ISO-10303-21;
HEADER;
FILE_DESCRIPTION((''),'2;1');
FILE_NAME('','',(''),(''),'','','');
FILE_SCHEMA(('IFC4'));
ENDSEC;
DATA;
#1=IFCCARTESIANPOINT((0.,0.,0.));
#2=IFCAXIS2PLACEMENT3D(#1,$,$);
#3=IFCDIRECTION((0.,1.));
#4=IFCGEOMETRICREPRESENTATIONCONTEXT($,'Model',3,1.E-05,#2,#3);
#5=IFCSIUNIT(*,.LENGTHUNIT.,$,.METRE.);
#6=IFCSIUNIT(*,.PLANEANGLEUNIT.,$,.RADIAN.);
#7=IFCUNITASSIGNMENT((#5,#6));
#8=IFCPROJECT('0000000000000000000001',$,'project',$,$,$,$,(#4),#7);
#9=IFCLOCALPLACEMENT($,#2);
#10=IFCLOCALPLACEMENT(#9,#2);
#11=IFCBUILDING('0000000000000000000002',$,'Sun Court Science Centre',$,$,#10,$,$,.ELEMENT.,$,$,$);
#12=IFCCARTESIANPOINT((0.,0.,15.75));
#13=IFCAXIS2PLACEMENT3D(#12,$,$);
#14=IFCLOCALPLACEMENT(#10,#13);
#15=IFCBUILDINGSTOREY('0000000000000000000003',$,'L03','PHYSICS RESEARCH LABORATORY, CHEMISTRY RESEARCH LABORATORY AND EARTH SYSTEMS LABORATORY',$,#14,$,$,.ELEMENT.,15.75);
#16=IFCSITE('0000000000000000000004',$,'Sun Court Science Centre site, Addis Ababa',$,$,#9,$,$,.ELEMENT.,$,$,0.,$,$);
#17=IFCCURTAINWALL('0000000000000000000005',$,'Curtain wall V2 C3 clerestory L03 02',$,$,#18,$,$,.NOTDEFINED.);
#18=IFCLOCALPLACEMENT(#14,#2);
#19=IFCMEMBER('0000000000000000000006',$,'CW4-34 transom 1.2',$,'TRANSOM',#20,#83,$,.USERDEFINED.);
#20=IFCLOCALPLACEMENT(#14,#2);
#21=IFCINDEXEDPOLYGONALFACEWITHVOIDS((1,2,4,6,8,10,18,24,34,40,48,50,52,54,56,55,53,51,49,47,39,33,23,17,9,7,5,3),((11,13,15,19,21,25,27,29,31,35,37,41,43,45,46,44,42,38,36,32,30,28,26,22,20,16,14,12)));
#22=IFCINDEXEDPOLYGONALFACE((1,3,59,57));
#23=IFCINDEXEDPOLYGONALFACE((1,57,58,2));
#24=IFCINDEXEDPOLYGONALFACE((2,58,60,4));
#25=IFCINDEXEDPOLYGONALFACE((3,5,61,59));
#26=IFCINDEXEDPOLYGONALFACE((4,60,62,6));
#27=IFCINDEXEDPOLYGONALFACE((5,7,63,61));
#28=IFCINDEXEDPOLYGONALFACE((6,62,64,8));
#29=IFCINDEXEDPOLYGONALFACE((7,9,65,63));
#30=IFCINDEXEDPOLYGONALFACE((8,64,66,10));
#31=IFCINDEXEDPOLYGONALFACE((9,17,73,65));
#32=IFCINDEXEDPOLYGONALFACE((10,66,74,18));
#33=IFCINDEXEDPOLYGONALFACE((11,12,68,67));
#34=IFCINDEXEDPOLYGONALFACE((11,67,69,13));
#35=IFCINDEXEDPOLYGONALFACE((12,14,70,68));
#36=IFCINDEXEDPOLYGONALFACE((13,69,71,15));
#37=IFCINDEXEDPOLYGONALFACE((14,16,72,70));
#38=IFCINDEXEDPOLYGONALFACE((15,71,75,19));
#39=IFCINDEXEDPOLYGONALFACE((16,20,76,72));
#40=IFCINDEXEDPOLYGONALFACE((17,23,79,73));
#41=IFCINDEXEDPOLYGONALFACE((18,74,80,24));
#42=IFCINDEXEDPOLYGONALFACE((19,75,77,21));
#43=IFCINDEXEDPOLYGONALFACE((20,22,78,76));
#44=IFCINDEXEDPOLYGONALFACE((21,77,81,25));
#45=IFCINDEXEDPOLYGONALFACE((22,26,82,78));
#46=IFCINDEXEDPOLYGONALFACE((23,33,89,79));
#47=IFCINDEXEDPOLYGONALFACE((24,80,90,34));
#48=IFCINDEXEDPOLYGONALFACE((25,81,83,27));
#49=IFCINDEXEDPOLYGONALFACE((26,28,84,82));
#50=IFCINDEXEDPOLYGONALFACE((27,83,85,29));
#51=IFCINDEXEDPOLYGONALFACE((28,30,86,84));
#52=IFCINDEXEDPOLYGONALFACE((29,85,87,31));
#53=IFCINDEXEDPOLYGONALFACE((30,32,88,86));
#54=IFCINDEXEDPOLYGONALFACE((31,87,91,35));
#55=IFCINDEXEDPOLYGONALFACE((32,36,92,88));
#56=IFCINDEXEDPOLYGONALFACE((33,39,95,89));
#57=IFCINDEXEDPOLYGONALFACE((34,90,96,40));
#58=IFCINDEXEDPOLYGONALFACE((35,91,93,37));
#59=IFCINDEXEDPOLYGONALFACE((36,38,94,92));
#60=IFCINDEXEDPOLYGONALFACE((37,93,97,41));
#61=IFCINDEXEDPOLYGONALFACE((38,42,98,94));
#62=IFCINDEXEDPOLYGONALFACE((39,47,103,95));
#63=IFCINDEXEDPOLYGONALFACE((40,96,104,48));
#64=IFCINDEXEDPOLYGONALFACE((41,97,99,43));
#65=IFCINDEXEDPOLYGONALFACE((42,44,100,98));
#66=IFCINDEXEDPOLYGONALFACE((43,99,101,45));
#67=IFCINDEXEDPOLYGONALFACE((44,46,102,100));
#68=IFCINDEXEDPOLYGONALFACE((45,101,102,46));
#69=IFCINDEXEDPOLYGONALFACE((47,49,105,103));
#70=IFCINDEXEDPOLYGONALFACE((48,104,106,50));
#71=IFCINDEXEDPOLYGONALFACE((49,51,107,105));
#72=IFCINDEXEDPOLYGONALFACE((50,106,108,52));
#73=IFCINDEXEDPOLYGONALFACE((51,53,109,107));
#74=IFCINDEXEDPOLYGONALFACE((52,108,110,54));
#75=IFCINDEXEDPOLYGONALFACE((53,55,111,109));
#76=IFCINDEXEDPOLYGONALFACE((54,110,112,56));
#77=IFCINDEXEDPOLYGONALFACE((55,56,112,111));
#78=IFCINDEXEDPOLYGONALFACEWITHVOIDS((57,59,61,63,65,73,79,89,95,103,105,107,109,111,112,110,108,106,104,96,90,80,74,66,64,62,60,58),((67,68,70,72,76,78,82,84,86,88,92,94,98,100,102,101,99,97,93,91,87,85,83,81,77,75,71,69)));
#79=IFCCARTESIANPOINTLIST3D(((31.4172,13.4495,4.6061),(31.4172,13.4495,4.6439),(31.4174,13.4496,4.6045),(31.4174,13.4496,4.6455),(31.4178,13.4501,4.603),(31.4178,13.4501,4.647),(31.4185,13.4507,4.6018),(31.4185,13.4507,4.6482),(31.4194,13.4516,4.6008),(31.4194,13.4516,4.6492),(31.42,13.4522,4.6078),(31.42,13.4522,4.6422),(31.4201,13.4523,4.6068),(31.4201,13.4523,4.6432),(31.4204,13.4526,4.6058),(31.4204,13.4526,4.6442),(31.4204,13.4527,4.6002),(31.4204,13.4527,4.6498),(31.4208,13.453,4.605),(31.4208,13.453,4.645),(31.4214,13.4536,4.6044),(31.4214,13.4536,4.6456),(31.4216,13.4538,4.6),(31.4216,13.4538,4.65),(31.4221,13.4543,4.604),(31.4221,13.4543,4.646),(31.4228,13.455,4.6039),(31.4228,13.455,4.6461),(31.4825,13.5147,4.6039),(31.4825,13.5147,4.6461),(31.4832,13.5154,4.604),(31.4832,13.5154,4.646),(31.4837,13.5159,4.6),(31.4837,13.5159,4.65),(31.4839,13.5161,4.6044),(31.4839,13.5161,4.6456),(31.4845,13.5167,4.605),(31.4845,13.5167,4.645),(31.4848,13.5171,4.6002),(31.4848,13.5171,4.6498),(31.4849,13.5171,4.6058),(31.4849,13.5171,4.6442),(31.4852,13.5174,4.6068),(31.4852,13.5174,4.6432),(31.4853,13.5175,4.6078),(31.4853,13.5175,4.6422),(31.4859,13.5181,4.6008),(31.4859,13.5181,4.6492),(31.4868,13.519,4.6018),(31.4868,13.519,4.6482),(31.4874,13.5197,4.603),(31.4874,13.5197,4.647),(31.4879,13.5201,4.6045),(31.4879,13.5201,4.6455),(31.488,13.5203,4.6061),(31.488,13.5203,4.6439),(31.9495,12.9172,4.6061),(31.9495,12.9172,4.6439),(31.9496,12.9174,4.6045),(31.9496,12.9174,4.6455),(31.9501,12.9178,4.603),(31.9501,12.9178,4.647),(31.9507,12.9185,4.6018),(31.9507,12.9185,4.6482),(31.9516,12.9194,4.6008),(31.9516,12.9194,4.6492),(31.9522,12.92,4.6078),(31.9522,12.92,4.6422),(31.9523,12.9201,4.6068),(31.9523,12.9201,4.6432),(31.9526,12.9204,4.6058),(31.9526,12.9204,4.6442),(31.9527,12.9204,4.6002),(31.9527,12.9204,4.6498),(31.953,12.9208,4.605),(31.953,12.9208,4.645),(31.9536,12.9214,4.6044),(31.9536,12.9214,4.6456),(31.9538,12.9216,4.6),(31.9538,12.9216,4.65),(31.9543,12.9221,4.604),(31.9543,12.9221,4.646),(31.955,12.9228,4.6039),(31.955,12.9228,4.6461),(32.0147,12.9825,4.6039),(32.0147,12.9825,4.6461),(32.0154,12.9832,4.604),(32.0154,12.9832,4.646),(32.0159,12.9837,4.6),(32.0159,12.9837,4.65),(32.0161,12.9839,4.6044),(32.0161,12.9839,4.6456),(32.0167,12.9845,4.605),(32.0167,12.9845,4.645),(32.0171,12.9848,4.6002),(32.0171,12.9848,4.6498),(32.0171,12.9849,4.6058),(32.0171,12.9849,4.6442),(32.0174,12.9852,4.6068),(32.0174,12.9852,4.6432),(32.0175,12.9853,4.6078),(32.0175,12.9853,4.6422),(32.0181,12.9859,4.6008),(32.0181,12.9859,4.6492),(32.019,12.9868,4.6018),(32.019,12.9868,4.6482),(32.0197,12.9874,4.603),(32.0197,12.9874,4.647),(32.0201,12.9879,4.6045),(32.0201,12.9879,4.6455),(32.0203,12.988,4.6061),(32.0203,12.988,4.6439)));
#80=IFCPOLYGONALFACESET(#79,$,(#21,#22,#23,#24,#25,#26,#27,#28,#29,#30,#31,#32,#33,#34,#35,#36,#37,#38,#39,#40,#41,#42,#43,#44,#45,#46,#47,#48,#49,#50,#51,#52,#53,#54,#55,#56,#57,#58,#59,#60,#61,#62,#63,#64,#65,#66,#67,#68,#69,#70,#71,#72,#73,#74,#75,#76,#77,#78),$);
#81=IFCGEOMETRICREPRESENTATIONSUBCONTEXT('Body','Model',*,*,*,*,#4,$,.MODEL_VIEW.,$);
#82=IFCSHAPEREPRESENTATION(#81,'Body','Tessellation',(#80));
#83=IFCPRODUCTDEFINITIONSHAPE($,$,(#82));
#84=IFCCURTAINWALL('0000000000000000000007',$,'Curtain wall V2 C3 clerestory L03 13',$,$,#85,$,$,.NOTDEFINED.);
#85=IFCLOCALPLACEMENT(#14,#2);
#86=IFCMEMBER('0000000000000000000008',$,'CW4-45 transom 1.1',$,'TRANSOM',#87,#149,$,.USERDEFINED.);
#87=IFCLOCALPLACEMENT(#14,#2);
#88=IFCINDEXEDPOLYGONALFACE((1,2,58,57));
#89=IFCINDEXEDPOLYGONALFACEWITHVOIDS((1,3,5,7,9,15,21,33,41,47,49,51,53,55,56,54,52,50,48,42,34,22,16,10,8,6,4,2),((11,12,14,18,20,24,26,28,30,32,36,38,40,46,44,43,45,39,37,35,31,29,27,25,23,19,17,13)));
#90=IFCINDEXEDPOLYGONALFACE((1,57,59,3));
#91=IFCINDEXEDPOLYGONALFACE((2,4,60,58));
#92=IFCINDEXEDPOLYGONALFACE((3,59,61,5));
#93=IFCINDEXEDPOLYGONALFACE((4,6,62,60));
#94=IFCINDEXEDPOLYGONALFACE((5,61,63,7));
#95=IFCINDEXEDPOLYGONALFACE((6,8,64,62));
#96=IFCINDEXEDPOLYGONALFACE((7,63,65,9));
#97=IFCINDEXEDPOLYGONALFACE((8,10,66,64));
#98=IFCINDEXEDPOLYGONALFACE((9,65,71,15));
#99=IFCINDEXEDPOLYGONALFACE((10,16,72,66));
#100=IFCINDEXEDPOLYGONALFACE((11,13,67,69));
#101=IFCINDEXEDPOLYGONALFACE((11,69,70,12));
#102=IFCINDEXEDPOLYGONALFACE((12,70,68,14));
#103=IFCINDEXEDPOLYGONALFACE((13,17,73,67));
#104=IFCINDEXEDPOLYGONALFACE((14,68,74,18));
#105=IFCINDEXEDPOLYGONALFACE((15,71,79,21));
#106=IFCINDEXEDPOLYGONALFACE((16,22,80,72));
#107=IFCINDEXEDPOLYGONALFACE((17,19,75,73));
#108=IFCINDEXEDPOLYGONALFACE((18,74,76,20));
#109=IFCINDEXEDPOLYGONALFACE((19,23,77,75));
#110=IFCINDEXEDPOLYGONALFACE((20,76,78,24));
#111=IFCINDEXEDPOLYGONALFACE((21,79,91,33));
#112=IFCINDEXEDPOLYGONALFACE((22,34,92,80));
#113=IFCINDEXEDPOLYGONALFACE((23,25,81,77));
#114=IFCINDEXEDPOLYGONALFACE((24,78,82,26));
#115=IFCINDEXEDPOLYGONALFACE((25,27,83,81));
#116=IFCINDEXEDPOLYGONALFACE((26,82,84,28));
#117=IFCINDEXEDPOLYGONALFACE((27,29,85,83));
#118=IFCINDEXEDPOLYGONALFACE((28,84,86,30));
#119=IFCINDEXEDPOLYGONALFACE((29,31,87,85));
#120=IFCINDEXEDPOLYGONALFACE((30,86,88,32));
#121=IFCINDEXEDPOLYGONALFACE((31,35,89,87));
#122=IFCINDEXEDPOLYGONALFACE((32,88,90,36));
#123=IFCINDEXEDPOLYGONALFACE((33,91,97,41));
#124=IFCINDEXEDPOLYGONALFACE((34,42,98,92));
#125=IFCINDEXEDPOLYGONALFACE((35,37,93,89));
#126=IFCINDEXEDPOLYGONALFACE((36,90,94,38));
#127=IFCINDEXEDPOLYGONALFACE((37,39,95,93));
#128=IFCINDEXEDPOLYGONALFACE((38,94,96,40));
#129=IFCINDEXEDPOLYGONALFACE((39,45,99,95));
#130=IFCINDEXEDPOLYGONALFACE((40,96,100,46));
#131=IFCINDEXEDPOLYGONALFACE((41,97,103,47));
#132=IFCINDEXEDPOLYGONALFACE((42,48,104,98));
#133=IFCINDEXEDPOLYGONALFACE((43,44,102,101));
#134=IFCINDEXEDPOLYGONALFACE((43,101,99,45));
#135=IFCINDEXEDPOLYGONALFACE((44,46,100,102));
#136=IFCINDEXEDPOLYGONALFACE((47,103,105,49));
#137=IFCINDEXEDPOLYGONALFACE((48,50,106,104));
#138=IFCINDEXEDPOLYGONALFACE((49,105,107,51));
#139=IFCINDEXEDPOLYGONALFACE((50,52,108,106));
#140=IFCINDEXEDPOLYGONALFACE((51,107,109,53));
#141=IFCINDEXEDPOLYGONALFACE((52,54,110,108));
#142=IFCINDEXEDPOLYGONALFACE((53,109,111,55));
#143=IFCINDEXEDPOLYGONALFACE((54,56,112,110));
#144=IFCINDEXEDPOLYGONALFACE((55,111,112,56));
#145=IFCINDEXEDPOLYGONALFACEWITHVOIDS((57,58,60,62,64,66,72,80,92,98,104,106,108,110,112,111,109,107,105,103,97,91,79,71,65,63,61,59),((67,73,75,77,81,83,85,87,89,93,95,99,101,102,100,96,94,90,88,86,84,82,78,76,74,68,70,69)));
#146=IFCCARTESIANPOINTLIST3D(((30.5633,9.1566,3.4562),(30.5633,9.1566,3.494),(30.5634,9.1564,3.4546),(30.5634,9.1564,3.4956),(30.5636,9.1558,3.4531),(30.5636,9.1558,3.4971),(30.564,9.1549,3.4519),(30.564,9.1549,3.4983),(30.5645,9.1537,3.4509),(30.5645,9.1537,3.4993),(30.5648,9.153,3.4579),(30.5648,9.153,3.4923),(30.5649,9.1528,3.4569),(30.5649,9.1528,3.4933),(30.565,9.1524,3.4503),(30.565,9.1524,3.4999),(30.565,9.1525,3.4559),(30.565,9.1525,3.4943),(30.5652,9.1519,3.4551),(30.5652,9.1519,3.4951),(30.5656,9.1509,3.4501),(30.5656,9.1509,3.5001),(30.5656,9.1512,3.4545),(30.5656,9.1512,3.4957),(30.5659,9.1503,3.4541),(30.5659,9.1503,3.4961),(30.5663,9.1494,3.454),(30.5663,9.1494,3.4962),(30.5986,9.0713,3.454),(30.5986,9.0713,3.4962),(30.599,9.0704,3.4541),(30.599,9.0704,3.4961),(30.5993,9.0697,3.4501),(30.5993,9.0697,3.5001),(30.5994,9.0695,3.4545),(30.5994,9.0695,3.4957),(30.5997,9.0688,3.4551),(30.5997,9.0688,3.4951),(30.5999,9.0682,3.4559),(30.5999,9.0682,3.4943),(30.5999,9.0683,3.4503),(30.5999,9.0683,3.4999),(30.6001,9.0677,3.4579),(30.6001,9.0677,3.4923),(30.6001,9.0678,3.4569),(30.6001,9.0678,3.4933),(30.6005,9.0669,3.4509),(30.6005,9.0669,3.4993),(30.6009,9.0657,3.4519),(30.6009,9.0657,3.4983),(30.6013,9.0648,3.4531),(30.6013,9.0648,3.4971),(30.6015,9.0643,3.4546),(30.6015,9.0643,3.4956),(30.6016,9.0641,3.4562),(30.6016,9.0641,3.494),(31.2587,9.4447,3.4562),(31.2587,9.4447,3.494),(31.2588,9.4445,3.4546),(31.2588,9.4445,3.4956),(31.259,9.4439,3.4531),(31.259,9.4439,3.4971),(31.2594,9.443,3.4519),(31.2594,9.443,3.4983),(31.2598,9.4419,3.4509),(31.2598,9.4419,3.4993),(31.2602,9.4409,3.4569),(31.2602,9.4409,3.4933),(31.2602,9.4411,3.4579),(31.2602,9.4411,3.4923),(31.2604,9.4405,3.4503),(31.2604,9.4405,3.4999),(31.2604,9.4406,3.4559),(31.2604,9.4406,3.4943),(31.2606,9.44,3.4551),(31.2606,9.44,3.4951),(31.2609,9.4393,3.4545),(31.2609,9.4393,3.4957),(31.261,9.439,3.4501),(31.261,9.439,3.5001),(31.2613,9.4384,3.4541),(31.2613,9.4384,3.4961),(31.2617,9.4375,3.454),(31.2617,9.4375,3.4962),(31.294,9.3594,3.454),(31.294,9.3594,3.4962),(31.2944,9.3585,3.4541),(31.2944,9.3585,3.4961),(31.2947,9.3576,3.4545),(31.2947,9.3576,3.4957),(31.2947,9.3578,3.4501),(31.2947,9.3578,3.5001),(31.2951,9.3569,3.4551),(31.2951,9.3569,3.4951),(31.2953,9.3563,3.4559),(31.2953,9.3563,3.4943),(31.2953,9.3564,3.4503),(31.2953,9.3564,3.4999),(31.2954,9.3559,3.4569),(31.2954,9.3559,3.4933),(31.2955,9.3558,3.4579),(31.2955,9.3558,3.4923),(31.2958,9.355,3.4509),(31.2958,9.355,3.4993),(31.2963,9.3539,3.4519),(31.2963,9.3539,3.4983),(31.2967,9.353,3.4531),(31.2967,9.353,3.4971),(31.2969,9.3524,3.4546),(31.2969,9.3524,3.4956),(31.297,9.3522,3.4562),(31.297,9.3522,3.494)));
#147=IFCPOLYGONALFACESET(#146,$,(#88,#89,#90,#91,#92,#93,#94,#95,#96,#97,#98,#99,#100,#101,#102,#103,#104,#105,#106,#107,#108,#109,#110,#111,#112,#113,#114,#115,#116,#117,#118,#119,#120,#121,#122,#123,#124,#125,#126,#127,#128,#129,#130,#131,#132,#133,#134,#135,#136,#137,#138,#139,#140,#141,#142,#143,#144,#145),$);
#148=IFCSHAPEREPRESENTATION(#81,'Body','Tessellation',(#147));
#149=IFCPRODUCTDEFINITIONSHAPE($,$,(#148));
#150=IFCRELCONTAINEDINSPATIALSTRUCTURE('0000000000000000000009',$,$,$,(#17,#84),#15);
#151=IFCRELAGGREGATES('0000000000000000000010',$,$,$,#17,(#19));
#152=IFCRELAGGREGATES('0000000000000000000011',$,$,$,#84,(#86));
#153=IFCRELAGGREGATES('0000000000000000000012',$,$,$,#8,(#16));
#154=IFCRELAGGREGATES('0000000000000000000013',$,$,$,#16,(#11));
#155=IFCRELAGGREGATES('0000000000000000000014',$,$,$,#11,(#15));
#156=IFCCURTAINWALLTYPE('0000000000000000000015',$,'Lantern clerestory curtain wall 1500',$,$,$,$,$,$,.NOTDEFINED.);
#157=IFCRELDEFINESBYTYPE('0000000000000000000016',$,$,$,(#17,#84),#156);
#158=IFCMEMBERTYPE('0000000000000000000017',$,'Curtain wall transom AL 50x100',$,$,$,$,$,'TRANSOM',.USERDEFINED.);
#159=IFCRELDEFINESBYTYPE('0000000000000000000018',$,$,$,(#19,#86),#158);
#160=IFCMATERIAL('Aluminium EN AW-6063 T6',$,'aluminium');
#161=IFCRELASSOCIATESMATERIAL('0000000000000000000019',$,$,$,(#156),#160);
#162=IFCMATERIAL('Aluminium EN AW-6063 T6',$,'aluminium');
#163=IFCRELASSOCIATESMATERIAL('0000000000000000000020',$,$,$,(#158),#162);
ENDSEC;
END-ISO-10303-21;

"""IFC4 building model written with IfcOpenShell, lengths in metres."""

from ifc_helpers import new_model, si_unit, direction, frame, origin, origin_2d, place, context, subcontext, project, spatial, hollow_rectangle, extrude, material, material_profile, profile_set, type_object, element, aggregate, save


model = new_model("IFC4")

# Units and contexts
model_context = context("Model", 3, precision=1e-05, world=origin(), true_north=direction((0.0, 1.0)))
body_context = subcontext(model_context, "Body", "Model", "MODEL_VIEW")
ifc_project = project(units=[si_unit("LENGTHUNIT", "METRE"), si_unit("PLANEANGLEUNIT", "RADIAN")], contexts=[model_context])

# Site, building, storey
site_placement = place(None, origin())
site = spatial("IfcSite", under=ifc_project, at=site_placement, Name="Sun Court Science Centre site, Addis Ababa", CompositionType="ELEMENT", RefElevation=0.0)
building_placement = place(site_placement, origin())
building = spatial("IfcBuilding", under=site, at=building_placement, Name="Sun Court Science Centre", CompositionType="ELEMENT")
storey_placement = place(building_placement, frame((0.0, 0.0, 15.75)))
storey = spatial("IfcBuildingStorey", under=building, at=storey_placement, Name="L03", Description="PHYSICS RESEARCH LABORATORY, CHEMISTRY RESEARCH LABORATORY AND EARTH SYSTEMS LABORATORY", CompositionType="ELEMENT", Elevation=15.75)

# Curtain walls, members
ifc_material_1 = material(Name="Aluminium EN AW-6063 T6", Category="aluminium")
curtain_wall_type = type_object("IfcCurtainWallType", Name="Lantern clerestory curtain wall 1500", PredefinedType="NOTDEFINED", material=ifc_material_1)
ifc_material_2 = material(Name="Aluminium EN AW-6063 T6", Category="aluminium")
ifc_material_profile_1 = material_profile(ifc_material_2, hollow_rectangle(XDim=0.05, YDim=0.1001, WallThickness=0.0039, InnerFilletRadius=0.0039, OuterFilletRadius=0.0061, at=origin_2d()), Name="AL 50x100x4")
ifc_profile_set_1 = profile_set([ifc_material_profile_1], Name="Aluminium EN AW-6063 T6")
member_type_1 = type_object("IfcMemberType", Name="Curtain wall transom AL 50x100", ElementType="TRANSOM", PredefinedType="USERDEFINED", material=ifc_profile_set_1)
curtain_wall_1_placement = place(storey_placement, origin())
curtain_wall_1 = element("IfcCurtainWall", 1, at=curtain_wall_1_placement, inside=storey, type_object=curtain_wall_type, Name="Curtain wall V2 C3 clerestory L03 02", PredefinedType="NOTDEFINED")
member_1_placement = place(storey_placement, frame((31.4526, 13.4849, 4.625), z_axis=(0.707107, -0.707107, 0.0), x_axis=(0.0, 0.0, 1.0)))
member_1 = element("IfcMember", 2, at=member_1_placement, type_object=member_type_1, Name="CW4-34 transom 1.2", ObjectType="TRANSOM", PredefinedType="USERDEFINED", context=body_context, shape_type="SweptSolid", body=[
    extrude(hollow_rectangle(XDim=0.05, YDim=0.1001, WallThickness=0.0039, InnerFilletRadius=0.0039, OuterFilletRadius=0.0061, at=origin_2d()), origin(), (0.0, 0.0, 1.0), 0.7527),
])
curtain_wall_2_placement = place(storey_placement, origin())
curtain_wall_2 = element("IfcCurtainWall", 3, at=curtain_wall_2_placement, inside=storey, type_object=curtain_wall_type, Name="Curtain wall V2 C3 clerestory L03 13", PredefinedType="NOTDEFINED")
member_2_placement = place(storey_placement, frame((31.2778, 9.3984, 3.4751), z_axis=(-0.923843, -0.382772, 0.0), x_axis=(0.0, 0.0, 1.0)))
member_2 = element("IfcMember", 4, at=member_2_placement, type_object=member_type_1, Name="CW4-45 transom 1.1", ObjectType="TRANSOM", PredefinedType="USERDEFINED", context=body_context, shape_type="SweptSolid", body=[
    extrude(hollow_rectangle(XDim=0.05, YDim=0.1001, WallThickness=0.0039, InnerFilletRadius=0.0039, OuterFilletRadius=0.0061, at=origin_2d()), origin(), (0.0, 0.0, 1.0), 0.7527),
])

aggregate(curtain_wall_1, [member_1])
aggregate(curtain_wall_2, [member_2])

save(model, "model.ifc")
